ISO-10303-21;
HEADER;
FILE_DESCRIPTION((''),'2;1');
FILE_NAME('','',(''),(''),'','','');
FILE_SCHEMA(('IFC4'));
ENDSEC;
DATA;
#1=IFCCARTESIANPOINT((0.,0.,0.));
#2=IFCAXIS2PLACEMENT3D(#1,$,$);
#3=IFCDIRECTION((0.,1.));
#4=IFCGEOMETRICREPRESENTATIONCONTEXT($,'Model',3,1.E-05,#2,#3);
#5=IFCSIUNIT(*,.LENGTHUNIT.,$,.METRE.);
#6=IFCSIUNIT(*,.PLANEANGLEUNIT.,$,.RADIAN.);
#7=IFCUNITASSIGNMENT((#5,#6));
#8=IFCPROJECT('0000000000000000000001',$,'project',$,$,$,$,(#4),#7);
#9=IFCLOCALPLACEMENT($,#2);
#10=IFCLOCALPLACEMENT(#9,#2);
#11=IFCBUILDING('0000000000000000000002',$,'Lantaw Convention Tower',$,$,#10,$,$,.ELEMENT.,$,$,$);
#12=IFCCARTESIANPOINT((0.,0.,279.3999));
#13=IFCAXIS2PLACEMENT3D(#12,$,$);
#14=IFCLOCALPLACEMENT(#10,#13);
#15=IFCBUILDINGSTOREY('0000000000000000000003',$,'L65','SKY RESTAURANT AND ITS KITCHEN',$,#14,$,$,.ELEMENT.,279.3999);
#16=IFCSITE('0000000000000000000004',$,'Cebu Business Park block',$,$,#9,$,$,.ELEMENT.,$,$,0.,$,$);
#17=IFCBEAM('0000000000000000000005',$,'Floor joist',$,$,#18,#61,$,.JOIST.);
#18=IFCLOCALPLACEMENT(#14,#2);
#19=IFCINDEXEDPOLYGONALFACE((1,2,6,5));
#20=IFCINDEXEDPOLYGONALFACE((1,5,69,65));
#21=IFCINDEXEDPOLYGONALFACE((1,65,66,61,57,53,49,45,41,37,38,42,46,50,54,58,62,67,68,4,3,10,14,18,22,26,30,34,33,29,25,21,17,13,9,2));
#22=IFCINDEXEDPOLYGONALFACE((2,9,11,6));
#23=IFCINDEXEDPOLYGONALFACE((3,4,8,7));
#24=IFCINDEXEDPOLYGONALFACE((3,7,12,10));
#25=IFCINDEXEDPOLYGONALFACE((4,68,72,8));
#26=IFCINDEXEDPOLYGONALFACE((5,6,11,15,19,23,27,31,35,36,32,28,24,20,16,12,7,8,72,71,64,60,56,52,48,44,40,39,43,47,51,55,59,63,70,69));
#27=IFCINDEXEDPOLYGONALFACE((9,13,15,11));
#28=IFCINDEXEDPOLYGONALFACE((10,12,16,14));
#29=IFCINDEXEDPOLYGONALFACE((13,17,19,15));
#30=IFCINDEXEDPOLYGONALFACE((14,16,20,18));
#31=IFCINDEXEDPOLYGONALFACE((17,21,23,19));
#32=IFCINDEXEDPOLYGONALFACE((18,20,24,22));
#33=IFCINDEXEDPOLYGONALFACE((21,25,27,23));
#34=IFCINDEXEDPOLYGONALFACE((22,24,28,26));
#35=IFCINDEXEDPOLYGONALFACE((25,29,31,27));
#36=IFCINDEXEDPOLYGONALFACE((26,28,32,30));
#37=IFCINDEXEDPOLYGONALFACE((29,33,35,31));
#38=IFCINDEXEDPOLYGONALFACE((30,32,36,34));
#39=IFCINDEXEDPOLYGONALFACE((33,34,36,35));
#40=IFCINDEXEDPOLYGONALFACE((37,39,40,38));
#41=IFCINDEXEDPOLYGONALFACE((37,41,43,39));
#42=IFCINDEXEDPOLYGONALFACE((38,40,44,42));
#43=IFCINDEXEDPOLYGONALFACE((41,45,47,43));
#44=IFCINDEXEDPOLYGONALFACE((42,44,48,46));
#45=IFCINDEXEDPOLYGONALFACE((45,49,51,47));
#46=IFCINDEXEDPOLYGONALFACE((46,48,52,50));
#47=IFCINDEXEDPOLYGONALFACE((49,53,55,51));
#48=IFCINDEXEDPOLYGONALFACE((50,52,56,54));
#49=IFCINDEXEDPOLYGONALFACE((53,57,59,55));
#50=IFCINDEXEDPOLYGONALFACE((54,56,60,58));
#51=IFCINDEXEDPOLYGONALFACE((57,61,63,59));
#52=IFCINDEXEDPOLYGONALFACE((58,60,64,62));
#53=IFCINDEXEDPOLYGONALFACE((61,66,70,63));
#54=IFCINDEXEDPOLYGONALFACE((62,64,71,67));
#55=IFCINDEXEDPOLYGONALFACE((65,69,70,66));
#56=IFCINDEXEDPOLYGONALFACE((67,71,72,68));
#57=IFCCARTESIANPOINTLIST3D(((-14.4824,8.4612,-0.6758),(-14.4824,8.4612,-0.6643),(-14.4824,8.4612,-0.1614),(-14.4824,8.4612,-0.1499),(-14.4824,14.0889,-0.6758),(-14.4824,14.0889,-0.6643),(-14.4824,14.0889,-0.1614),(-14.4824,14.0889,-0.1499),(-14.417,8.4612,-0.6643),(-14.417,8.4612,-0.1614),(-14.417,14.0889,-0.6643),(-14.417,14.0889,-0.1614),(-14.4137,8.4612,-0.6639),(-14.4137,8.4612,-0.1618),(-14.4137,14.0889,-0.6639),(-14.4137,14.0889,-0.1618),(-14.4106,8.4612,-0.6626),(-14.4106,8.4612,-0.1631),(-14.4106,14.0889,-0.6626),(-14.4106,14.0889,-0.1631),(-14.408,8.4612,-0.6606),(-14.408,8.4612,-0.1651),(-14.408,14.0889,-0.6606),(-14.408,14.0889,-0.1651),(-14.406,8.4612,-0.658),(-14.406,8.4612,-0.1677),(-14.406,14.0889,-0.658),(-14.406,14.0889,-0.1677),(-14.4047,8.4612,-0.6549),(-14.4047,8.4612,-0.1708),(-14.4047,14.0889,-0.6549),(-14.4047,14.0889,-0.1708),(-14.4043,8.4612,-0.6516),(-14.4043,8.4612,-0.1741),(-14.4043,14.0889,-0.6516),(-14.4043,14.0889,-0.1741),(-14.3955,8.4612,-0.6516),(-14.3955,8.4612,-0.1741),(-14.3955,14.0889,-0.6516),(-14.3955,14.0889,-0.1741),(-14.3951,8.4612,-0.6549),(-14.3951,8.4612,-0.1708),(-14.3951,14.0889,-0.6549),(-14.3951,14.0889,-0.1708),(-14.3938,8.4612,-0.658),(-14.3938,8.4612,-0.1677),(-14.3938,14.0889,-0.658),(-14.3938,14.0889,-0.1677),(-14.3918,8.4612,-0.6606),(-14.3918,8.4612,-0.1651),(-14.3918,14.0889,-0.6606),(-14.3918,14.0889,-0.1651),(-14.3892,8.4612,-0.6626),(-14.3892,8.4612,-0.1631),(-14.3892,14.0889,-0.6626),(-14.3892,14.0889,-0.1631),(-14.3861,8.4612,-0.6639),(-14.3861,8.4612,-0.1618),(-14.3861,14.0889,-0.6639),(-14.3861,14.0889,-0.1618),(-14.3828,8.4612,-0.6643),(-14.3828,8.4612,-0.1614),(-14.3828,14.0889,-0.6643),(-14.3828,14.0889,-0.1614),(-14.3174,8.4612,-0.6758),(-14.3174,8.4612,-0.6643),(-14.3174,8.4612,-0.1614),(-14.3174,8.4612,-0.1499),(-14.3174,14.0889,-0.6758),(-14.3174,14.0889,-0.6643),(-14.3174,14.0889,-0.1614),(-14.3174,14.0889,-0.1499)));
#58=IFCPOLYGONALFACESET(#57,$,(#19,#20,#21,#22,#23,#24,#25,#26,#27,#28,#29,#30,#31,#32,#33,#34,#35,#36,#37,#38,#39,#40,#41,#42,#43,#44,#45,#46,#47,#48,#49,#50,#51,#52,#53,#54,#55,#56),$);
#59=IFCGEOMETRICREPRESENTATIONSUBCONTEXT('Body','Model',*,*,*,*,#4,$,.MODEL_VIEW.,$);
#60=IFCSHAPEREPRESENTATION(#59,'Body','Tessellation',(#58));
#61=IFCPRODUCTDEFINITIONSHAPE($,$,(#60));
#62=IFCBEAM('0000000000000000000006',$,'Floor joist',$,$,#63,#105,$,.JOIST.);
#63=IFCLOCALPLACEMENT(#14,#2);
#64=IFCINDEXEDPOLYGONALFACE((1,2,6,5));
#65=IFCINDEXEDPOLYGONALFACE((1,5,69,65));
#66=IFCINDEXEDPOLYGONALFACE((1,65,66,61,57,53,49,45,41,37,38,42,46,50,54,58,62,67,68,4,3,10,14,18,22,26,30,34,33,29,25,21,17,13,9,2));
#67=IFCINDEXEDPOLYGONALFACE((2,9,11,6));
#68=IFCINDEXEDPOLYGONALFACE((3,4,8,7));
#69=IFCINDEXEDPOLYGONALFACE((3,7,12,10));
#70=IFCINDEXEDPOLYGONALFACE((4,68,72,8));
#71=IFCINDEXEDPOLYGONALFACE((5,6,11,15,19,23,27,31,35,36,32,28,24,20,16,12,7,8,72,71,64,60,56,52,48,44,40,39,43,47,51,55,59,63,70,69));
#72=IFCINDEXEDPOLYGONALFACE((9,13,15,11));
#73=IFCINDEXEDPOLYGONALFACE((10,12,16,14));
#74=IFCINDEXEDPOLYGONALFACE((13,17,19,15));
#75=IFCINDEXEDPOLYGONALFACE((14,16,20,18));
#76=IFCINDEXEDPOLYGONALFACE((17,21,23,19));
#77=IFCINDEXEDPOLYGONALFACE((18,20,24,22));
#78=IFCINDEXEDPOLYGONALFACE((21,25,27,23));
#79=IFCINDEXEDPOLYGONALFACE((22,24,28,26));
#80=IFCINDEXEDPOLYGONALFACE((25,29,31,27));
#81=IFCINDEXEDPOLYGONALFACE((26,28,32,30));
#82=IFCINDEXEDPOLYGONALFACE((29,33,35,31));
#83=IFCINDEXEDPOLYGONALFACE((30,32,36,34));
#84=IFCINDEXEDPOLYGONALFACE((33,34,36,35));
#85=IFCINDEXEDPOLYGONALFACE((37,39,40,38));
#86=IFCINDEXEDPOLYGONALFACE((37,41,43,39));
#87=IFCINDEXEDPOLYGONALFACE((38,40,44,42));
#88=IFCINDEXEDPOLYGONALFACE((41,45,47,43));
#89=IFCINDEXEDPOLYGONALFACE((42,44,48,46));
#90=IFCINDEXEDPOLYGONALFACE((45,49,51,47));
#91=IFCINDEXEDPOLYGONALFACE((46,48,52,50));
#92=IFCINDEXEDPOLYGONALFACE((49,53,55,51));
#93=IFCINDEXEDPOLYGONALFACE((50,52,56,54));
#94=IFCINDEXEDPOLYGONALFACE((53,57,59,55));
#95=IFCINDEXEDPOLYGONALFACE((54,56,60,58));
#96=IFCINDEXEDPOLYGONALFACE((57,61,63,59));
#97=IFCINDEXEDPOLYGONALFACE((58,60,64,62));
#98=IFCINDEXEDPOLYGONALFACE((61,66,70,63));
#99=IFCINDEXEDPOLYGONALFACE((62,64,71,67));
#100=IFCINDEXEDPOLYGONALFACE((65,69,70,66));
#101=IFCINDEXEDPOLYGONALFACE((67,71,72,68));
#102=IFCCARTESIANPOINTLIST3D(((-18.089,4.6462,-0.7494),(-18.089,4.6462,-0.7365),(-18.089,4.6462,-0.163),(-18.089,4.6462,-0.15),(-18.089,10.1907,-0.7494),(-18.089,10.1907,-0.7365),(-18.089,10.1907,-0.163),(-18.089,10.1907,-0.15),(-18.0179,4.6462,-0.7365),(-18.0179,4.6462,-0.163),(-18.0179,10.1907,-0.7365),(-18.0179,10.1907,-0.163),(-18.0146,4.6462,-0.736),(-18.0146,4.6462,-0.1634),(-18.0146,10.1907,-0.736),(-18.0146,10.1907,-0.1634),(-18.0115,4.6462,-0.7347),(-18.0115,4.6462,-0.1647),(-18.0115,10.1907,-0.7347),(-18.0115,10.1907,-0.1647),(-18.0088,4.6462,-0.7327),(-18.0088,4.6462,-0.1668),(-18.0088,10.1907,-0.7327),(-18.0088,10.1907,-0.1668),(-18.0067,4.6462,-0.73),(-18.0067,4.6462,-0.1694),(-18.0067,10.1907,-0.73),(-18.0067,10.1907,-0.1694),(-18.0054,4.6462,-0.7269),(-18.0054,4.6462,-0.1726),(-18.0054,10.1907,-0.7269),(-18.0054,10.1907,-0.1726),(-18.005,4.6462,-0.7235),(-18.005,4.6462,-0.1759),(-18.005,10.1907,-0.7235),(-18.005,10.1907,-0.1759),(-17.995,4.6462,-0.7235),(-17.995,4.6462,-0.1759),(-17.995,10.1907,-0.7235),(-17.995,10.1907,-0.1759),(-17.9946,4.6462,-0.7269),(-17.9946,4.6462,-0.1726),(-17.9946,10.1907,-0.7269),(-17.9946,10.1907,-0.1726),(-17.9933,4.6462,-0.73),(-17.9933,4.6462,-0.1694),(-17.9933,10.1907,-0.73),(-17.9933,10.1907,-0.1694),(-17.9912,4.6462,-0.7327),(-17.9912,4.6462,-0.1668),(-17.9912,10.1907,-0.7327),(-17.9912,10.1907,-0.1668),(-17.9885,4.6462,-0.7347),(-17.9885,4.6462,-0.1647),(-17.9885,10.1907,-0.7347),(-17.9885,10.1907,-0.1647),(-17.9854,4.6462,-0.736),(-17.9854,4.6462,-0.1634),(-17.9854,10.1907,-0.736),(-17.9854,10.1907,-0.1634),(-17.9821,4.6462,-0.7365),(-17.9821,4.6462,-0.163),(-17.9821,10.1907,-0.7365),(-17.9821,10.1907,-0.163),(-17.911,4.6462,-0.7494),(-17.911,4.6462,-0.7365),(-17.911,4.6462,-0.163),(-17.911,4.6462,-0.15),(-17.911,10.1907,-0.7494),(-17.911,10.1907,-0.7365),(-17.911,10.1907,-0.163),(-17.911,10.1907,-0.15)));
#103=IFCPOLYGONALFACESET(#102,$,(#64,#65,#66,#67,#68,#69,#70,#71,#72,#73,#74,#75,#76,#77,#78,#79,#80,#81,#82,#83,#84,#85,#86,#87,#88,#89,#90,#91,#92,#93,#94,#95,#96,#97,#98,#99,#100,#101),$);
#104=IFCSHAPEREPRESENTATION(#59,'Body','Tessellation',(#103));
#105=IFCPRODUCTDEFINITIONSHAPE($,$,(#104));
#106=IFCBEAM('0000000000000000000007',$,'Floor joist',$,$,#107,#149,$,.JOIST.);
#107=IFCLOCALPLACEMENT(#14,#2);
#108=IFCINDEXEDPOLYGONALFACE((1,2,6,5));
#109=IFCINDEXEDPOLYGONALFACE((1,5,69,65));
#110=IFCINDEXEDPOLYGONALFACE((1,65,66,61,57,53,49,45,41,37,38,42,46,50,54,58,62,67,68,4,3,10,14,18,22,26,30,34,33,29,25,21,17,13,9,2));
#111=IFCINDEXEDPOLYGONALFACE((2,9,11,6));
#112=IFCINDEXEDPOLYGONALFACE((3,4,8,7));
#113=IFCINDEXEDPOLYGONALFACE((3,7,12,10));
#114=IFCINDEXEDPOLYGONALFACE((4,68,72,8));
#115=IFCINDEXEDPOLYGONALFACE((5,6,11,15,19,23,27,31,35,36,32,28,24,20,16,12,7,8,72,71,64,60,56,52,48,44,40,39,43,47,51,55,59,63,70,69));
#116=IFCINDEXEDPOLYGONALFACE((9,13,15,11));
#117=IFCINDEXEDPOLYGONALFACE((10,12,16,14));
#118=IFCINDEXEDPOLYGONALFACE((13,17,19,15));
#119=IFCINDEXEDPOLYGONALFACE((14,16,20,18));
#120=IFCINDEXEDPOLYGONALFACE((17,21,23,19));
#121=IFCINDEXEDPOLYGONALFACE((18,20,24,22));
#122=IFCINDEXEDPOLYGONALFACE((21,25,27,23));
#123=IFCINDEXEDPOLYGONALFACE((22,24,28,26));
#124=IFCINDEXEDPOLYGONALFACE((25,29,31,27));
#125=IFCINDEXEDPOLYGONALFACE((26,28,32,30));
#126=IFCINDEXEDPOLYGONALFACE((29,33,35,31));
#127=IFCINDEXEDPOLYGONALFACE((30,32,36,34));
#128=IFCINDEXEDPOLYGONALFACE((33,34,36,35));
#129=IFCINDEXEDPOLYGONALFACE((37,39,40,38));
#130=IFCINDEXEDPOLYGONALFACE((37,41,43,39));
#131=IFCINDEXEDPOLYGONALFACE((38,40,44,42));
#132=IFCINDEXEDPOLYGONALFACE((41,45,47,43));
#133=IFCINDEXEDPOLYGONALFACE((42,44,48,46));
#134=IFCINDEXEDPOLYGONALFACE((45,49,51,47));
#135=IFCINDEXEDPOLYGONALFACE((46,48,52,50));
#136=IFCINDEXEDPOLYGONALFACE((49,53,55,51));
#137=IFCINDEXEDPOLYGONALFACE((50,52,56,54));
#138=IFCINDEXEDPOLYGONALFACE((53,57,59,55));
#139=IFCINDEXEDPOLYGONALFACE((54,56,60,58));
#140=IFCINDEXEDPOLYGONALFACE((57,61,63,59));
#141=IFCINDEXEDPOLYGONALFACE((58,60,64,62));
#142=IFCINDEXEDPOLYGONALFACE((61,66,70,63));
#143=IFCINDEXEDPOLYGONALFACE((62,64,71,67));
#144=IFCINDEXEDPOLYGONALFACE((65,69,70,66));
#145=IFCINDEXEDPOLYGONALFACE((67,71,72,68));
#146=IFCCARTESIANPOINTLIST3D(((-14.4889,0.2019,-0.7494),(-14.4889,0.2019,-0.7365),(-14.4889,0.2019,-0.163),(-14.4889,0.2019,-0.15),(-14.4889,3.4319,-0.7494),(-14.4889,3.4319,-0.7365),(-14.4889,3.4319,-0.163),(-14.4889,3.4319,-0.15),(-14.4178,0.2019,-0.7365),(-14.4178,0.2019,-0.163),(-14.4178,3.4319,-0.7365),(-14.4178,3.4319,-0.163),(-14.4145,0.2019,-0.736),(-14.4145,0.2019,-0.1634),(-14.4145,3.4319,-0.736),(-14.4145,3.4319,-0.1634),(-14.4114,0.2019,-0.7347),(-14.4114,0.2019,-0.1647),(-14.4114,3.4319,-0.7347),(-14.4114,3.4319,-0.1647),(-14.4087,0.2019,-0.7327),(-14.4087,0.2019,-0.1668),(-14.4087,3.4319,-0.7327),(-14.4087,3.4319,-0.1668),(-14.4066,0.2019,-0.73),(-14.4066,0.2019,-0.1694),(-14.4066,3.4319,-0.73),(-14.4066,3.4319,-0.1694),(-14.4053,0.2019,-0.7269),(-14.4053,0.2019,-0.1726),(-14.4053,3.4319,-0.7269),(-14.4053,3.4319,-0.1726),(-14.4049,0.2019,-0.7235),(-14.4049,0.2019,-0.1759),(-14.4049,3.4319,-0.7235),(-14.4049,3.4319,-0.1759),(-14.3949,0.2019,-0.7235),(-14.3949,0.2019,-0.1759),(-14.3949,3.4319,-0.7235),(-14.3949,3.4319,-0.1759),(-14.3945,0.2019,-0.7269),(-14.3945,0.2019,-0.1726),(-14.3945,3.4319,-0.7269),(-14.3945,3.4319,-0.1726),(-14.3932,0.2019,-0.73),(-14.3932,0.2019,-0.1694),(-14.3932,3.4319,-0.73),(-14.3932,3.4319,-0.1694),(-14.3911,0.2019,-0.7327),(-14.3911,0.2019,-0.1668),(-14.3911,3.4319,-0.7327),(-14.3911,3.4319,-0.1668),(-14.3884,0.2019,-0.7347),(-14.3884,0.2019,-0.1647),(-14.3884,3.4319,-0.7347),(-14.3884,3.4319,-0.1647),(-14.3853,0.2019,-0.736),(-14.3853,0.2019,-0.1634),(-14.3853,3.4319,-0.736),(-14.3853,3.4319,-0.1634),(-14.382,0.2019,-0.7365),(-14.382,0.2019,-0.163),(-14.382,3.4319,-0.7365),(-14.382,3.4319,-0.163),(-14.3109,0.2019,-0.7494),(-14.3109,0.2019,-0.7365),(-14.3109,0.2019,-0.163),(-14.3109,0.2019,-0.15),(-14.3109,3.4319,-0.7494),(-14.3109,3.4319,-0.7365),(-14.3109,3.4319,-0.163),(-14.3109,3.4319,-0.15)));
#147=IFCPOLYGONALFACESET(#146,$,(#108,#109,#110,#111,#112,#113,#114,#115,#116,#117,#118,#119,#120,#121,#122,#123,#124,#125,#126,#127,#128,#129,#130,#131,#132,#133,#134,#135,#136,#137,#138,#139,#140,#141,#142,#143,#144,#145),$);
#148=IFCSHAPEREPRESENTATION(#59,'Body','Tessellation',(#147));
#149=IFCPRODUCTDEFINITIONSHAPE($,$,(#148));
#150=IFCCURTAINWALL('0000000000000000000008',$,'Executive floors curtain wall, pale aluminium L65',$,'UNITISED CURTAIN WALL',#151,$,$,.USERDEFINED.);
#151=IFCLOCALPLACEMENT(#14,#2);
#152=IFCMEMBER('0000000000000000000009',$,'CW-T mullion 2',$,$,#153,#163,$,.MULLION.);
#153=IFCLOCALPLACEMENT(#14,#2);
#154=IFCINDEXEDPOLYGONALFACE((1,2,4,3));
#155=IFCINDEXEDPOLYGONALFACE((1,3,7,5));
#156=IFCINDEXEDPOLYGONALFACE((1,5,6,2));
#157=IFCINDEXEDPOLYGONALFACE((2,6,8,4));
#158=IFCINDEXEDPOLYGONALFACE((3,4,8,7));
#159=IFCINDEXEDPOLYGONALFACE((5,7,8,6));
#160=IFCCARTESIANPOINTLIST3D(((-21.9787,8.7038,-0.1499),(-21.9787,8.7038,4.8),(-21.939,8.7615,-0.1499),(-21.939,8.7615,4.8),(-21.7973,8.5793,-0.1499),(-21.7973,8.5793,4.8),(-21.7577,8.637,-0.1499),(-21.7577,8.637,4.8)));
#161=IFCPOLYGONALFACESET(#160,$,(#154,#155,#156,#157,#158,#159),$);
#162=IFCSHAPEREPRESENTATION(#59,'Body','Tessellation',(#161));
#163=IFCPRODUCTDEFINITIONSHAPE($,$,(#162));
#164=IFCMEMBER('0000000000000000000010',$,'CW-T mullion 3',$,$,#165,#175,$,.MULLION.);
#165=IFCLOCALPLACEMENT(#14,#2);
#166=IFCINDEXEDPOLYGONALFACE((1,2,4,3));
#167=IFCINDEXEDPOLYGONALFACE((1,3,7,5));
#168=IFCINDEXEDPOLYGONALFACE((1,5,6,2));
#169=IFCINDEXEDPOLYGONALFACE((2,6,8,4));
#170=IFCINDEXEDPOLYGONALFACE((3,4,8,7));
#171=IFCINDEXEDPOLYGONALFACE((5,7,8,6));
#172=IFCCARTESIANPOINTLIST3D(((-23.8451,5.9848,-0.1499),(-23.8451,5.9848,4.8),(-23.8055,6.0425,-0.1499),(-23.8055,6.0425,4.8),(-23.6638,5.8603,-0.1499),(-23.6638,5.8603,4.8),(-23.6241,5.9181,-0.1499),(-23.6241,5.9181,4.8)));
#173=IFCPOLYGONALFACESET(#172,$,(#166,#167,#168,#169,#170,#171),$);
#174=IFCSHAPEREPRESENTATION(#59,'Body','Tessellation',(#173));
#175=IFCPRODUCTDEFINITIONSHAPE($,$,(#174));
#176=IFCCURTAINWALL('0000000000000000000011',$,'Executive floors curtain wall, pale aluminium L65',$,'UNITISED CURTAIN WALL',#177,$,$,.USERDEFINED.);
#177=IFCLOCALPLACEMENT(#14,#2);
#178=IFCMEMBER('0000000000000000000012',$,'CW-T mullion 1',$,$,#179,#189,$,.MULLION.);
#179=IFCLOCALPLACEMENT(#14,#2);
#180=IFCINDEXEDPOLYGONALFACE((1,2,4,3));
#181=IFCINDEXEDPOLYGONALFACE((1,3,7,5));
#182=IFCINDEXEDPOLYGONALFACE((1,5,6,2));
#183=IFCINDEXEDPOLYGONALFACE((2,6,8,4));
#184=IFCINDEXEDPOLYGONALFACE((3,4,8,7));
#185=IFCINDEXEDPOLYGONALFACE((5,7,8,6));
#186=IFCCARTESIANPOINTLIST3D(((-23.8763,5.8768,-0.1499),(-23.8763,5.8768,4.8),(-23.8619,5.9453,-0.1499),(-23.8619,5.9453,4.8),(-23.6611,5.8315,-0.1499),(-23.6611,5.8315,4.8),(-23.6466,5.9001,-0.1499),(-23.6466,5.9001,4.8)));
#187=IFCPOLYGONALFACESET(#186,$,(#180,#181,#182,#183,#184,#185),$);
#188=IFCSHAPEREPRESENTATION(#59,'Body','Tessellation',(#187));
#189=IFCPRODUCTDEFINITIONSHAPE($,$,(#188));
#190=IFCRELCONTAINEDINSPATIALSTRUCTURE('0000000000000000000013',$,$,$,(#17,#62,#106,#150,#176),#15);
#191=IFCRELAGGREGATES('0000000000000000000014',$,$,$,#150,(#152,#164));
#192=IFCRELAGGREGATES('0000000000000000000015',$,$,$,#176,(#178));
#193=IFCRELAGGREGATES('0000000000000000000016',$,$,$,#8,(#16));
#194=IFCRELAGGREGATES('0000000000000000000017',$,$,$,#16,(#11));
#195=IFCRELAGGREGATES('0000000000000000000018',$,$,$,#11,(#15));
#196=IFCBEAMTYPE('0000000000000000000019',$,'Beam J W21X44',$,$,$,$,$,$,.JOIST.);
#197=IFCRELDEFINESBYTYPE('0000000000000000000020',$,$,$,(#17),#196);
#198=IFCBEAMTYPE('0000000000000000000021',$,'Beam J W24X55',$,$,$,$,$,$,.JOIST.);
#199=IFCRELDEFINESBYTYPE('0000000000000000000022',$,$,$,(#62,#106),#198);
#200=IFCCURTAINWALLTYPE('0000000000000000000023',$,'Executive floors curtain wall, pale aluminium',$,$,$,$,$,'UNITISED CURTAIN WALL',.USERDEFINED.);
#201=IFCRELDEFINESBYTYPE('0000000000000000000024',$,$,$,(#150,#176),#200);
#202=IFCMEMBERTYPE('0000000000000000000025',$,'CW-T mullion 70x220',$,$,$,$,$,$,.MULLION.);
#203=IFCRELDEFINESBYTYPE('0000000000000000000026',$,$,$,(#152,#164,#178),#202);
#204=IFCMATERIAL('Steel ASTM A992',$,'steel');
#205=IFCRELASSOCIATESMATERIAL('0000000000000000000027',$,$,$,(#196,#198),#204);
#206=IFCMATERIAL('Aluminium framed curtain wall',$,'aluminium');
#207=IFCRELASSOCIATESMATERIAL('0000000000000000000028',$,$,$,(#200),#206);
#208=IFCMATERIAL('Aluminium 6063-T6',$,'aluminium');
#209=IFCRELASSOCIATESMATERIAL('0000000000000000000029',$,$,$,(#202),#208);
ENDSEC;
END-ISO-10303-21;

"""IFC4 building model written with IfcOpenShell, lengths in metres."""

from ifc_helpers import new_model, si_unit, direction, frame, origin, origin_2d, place, context, subcontext, project, spatial, rectangle, i_section, extrude, material, material_profile, profile_set, type_object, element, aggregate, save


model = new_model("IFC4")

# Units and contexts
model_context = context("Model", 3, precision=1e-05, world=origin(), true_north=direction((0.0, 1.0)))
body_context = subcontext(model_context, "Body", "Model", "MODEL_VIEW")
ifc_project = project(units=[si_unit("LENGTHUNIT", "METRE"), si_unit("PLANEANGLEUNIT", "RADIAN")], contexts=[model_context])

# Site, building, storey
site_placement = place(None, origin())
site = spatial("IfcSite", under=ifc_project, at=site_placement, Name="Cebu Business Park block", CompositionType="ELEMENT", RefElevation=0.0)
building_placement = place(site_placement, origin())
building = spatial("IfcBuilding", under=site, at=building_placement, Name="Lantaw Convention Tower", CompositionType="ELEMENT")
storey_placement = place(building_placement, frame((0.0, 0.0, 279.3999)))
storey = spatial("IfcBuildingStorey", under=building, at=storey_placement, Name="L65", Description="SKY RESTAURANT AND ITS KITCHEN", CompositionType="ELEMENT", Elevation=279.3999)

# Beams
ifc_material_1 = material(Name="Steel ASTM A992", Category="steel")
ifc_material_profile_1 = material_profile(ifc_material_1, i_section(OverallWidth=0.165, OverallDepth=0.5259, WebThickness=0.0088, FlangeThickness=0.0115, FilletRadius=0.0127, at=origin_2d()), Name="W21X44")
ifc_profile_set_1 = profile_set([ifc_material_profile_1], Name="Steel ASTM A992")
beam_type_1 = type_object("IfcBeamType", Name="Beam J W21X44", PredefinedType="JOIST", material=ifc_profile_set_1)
beam_1_placement = place(storey_placement, frame((-14.3999, 8.4612, -0.4128), z_axis=(0.0, 1.0, 0.0), x_axis=(-1.0, 0.0, 0.0)))
element("IfcBeam", 1, at=beam_1_placement, inside=storey, type_object=beam_type_1, Name="Floor joist", PredefinedType="JOIST", context=body_context, shape_type="SweptSolid", body=[
    extrude(i_section(OverallWidth=0.165, OverallDepth=0.5259, WebThickness=0.0088, FlangeThickness=0.0115, FilletRadius=0.0127, at=origin_2d()), origin(), (0.0, 0.0, 1.0), 5.6277),
])
ifc_material_profile_2 = material_profile(ifc_material_1, i_section(OverallWidth=0.178, OverallDepth=0.5994, WebThickness=0.01, FlangeThickness=0.0129, FilletRadius=0.0129, at=origin_2d()), Name="W24X55")
ifc_profile_set_2 = profile_set([ifc_material_profile_2], Name="Steel ASTM A992")
beam_type_2 = type_object("IfcBeamType", Name="Beam J W24X55", PredefinedType="JOIST", material=ifc_profile_set_2)
beam_2_placement = place(storey_placement, frame((-18.0, 4.6462, -0.4497), z_axis=(0.0, 1.0, 0.0), x_axis=(-1.0, 0.0, 0.0)))
element("IfcBeam", 2, at=beam_2_placement, inside=storey, type_object=beam_type_2, Name="Floor joist", PredefinedType="JOIST", context=body_context, shape_type="SweptSolid", body=[
    extrude(i_section(OverallWidth=0.178, OverallDepth=0.5994, WebThickness=0.01, FlangeThickness=0.0129, FilletRadius=0.0129, at=origin_2d()), origin(), (0.0, 0.0, 1.0), 5.5444),
])
beam_3_placement = place(storey_placement, frame((-14.3999, 0.2019, -0.4497), z_axis=(0.0, 1.0, 0.0), x_axis=(-1.0, 0.0, 0.0)))
element("IfcBeam", 3, at=beam_3_placement, inside=storey, type_object=beam_type_2, Name="Floor joist", PredefinedType="JOIST", context=body_context, shape_type="SweptSolid", body=[
    extrude(i_section(OverallWidth=0.178, OverallDepth=0.5994, WebThickness=0.01, FlangeThickness=0.0129, FilletRadius=0.0129, at=origin_2d()), origin(), (0.0, 0.0, 1.0), 3.23),
])

# Curtain walls, members
ifc_material_2 = material(Name="Aluminium framed curtain wall", Category="aluminium")
curtain_wall_type = type_object("IfcCurtainWallType", Name="Executive floors curtain wall, pale aluminium", ElementType="UNITISED CURTAIN WALL", PredefinedType="USERDEFINED", material=ifc_material_2)
curtain_wall_1_placement = place(storey_placement, origin())
curtain_wall_1 = element("IfcCurtainWall", 4, at=curtain_wall_1_placement, inside=storey, type_object=curtain_wall_type, Name="Executive floors curtain wall, pale aluminium L65", ObjectType="UNITISED CURTAIN WALL", PredefinedType="USERDEFINED")
ifc_material_3 = material(Name="Aluminium 6063-T6", Category="aluminium")
ifc_material_profile_3 = material_profile(ifc_material_3, rectangle(XDim=0.22, YDim=0.0701, at=origin_2d()), Name="CW-T mullion 70x220")
ifc_profile_set_3 = profile_set([ifc_material_profile_3], Name="Aluminium 6063-T6")
member_type_1 = type_object("IfcMemberType", Name="CW-T mullion 70x220", PredefinedType="MULLION", material=ifc_profile_set_3)
member_1_placement = place(storey_placement, frame((-21.8682, 8.6704, -0.1499), z_axis=(0.0, 0.0, 1.0), x_axis=(0.82445, -0.565935, 0.0)))
member_1 = element("IfcMember", 5, at=member_1_placement, type_object=member_type_1, Name="CW-T mullion 2", PredefinedType="MULLION", context=body_context, shape_type="SweptSolid", body=[
    extrude(rectangle(XDim=0.22, YDim=0.0701, at=origin_2d()), origin(), (0.0, 0.0, 1.0), 4.95),
])
member_2_placement = place(storey_placement, frame((-23.7346, 5.9514, -0.1499), z_axis=(0.0, 0.0, 1.0), x_axis=(0.82445, -0.565935, 0.0)))
member_2 = element("IfcMember", 6, at=member_2_placement, type_object=member_type_1, Name="CW-T mullion 3", PredefinedType="MULLION", context=body_context, shape_type="SweptSolid", body=[
    extrude(rectangle(XDim=0.22, YDim=0.0701, at=origin_2d()), origin(), (0.0, 0.0, 1.0), 4.95),
])
curtain_wall_2_placement = place(storey_placement, origin())
curtain_wall_2 = element("IfcCurtainWall", 7, at=curtain_wall_2_placement, inside=storey, type_object=curtain_wall_type, Name="Executive floors curtain wall, pale aluminium L65", ObjectType="UNITISED CURTAIN WALL", PredefinedType="USERDEFINED")
member_3_placement = place(storey_placement, frame((-23.7615, 5.8884, -0.1499), z_axis=(0.0, 0.0, 1.0), x_axis=(0.978591, -0.205814, 0.0)))
member_3 = element("IfcMember", 8, at=member_3_placement, type_object=member_type_1, Name="CW-T mullion 1", PredefinedType="MULLION", context=body_context, shape_type="SweptSolid", body=[
    extrude(rectangle(XDim=0.22, YDim=0.0701, at=origin_2d()), origin(), (0.0, 0.0, 1.0), 4.95),
])

aggregate(curtain_wall_1, [member_1, member_2])
aggregate(curtain_wall_2, [member_3])

save(model, "model.ifc")
